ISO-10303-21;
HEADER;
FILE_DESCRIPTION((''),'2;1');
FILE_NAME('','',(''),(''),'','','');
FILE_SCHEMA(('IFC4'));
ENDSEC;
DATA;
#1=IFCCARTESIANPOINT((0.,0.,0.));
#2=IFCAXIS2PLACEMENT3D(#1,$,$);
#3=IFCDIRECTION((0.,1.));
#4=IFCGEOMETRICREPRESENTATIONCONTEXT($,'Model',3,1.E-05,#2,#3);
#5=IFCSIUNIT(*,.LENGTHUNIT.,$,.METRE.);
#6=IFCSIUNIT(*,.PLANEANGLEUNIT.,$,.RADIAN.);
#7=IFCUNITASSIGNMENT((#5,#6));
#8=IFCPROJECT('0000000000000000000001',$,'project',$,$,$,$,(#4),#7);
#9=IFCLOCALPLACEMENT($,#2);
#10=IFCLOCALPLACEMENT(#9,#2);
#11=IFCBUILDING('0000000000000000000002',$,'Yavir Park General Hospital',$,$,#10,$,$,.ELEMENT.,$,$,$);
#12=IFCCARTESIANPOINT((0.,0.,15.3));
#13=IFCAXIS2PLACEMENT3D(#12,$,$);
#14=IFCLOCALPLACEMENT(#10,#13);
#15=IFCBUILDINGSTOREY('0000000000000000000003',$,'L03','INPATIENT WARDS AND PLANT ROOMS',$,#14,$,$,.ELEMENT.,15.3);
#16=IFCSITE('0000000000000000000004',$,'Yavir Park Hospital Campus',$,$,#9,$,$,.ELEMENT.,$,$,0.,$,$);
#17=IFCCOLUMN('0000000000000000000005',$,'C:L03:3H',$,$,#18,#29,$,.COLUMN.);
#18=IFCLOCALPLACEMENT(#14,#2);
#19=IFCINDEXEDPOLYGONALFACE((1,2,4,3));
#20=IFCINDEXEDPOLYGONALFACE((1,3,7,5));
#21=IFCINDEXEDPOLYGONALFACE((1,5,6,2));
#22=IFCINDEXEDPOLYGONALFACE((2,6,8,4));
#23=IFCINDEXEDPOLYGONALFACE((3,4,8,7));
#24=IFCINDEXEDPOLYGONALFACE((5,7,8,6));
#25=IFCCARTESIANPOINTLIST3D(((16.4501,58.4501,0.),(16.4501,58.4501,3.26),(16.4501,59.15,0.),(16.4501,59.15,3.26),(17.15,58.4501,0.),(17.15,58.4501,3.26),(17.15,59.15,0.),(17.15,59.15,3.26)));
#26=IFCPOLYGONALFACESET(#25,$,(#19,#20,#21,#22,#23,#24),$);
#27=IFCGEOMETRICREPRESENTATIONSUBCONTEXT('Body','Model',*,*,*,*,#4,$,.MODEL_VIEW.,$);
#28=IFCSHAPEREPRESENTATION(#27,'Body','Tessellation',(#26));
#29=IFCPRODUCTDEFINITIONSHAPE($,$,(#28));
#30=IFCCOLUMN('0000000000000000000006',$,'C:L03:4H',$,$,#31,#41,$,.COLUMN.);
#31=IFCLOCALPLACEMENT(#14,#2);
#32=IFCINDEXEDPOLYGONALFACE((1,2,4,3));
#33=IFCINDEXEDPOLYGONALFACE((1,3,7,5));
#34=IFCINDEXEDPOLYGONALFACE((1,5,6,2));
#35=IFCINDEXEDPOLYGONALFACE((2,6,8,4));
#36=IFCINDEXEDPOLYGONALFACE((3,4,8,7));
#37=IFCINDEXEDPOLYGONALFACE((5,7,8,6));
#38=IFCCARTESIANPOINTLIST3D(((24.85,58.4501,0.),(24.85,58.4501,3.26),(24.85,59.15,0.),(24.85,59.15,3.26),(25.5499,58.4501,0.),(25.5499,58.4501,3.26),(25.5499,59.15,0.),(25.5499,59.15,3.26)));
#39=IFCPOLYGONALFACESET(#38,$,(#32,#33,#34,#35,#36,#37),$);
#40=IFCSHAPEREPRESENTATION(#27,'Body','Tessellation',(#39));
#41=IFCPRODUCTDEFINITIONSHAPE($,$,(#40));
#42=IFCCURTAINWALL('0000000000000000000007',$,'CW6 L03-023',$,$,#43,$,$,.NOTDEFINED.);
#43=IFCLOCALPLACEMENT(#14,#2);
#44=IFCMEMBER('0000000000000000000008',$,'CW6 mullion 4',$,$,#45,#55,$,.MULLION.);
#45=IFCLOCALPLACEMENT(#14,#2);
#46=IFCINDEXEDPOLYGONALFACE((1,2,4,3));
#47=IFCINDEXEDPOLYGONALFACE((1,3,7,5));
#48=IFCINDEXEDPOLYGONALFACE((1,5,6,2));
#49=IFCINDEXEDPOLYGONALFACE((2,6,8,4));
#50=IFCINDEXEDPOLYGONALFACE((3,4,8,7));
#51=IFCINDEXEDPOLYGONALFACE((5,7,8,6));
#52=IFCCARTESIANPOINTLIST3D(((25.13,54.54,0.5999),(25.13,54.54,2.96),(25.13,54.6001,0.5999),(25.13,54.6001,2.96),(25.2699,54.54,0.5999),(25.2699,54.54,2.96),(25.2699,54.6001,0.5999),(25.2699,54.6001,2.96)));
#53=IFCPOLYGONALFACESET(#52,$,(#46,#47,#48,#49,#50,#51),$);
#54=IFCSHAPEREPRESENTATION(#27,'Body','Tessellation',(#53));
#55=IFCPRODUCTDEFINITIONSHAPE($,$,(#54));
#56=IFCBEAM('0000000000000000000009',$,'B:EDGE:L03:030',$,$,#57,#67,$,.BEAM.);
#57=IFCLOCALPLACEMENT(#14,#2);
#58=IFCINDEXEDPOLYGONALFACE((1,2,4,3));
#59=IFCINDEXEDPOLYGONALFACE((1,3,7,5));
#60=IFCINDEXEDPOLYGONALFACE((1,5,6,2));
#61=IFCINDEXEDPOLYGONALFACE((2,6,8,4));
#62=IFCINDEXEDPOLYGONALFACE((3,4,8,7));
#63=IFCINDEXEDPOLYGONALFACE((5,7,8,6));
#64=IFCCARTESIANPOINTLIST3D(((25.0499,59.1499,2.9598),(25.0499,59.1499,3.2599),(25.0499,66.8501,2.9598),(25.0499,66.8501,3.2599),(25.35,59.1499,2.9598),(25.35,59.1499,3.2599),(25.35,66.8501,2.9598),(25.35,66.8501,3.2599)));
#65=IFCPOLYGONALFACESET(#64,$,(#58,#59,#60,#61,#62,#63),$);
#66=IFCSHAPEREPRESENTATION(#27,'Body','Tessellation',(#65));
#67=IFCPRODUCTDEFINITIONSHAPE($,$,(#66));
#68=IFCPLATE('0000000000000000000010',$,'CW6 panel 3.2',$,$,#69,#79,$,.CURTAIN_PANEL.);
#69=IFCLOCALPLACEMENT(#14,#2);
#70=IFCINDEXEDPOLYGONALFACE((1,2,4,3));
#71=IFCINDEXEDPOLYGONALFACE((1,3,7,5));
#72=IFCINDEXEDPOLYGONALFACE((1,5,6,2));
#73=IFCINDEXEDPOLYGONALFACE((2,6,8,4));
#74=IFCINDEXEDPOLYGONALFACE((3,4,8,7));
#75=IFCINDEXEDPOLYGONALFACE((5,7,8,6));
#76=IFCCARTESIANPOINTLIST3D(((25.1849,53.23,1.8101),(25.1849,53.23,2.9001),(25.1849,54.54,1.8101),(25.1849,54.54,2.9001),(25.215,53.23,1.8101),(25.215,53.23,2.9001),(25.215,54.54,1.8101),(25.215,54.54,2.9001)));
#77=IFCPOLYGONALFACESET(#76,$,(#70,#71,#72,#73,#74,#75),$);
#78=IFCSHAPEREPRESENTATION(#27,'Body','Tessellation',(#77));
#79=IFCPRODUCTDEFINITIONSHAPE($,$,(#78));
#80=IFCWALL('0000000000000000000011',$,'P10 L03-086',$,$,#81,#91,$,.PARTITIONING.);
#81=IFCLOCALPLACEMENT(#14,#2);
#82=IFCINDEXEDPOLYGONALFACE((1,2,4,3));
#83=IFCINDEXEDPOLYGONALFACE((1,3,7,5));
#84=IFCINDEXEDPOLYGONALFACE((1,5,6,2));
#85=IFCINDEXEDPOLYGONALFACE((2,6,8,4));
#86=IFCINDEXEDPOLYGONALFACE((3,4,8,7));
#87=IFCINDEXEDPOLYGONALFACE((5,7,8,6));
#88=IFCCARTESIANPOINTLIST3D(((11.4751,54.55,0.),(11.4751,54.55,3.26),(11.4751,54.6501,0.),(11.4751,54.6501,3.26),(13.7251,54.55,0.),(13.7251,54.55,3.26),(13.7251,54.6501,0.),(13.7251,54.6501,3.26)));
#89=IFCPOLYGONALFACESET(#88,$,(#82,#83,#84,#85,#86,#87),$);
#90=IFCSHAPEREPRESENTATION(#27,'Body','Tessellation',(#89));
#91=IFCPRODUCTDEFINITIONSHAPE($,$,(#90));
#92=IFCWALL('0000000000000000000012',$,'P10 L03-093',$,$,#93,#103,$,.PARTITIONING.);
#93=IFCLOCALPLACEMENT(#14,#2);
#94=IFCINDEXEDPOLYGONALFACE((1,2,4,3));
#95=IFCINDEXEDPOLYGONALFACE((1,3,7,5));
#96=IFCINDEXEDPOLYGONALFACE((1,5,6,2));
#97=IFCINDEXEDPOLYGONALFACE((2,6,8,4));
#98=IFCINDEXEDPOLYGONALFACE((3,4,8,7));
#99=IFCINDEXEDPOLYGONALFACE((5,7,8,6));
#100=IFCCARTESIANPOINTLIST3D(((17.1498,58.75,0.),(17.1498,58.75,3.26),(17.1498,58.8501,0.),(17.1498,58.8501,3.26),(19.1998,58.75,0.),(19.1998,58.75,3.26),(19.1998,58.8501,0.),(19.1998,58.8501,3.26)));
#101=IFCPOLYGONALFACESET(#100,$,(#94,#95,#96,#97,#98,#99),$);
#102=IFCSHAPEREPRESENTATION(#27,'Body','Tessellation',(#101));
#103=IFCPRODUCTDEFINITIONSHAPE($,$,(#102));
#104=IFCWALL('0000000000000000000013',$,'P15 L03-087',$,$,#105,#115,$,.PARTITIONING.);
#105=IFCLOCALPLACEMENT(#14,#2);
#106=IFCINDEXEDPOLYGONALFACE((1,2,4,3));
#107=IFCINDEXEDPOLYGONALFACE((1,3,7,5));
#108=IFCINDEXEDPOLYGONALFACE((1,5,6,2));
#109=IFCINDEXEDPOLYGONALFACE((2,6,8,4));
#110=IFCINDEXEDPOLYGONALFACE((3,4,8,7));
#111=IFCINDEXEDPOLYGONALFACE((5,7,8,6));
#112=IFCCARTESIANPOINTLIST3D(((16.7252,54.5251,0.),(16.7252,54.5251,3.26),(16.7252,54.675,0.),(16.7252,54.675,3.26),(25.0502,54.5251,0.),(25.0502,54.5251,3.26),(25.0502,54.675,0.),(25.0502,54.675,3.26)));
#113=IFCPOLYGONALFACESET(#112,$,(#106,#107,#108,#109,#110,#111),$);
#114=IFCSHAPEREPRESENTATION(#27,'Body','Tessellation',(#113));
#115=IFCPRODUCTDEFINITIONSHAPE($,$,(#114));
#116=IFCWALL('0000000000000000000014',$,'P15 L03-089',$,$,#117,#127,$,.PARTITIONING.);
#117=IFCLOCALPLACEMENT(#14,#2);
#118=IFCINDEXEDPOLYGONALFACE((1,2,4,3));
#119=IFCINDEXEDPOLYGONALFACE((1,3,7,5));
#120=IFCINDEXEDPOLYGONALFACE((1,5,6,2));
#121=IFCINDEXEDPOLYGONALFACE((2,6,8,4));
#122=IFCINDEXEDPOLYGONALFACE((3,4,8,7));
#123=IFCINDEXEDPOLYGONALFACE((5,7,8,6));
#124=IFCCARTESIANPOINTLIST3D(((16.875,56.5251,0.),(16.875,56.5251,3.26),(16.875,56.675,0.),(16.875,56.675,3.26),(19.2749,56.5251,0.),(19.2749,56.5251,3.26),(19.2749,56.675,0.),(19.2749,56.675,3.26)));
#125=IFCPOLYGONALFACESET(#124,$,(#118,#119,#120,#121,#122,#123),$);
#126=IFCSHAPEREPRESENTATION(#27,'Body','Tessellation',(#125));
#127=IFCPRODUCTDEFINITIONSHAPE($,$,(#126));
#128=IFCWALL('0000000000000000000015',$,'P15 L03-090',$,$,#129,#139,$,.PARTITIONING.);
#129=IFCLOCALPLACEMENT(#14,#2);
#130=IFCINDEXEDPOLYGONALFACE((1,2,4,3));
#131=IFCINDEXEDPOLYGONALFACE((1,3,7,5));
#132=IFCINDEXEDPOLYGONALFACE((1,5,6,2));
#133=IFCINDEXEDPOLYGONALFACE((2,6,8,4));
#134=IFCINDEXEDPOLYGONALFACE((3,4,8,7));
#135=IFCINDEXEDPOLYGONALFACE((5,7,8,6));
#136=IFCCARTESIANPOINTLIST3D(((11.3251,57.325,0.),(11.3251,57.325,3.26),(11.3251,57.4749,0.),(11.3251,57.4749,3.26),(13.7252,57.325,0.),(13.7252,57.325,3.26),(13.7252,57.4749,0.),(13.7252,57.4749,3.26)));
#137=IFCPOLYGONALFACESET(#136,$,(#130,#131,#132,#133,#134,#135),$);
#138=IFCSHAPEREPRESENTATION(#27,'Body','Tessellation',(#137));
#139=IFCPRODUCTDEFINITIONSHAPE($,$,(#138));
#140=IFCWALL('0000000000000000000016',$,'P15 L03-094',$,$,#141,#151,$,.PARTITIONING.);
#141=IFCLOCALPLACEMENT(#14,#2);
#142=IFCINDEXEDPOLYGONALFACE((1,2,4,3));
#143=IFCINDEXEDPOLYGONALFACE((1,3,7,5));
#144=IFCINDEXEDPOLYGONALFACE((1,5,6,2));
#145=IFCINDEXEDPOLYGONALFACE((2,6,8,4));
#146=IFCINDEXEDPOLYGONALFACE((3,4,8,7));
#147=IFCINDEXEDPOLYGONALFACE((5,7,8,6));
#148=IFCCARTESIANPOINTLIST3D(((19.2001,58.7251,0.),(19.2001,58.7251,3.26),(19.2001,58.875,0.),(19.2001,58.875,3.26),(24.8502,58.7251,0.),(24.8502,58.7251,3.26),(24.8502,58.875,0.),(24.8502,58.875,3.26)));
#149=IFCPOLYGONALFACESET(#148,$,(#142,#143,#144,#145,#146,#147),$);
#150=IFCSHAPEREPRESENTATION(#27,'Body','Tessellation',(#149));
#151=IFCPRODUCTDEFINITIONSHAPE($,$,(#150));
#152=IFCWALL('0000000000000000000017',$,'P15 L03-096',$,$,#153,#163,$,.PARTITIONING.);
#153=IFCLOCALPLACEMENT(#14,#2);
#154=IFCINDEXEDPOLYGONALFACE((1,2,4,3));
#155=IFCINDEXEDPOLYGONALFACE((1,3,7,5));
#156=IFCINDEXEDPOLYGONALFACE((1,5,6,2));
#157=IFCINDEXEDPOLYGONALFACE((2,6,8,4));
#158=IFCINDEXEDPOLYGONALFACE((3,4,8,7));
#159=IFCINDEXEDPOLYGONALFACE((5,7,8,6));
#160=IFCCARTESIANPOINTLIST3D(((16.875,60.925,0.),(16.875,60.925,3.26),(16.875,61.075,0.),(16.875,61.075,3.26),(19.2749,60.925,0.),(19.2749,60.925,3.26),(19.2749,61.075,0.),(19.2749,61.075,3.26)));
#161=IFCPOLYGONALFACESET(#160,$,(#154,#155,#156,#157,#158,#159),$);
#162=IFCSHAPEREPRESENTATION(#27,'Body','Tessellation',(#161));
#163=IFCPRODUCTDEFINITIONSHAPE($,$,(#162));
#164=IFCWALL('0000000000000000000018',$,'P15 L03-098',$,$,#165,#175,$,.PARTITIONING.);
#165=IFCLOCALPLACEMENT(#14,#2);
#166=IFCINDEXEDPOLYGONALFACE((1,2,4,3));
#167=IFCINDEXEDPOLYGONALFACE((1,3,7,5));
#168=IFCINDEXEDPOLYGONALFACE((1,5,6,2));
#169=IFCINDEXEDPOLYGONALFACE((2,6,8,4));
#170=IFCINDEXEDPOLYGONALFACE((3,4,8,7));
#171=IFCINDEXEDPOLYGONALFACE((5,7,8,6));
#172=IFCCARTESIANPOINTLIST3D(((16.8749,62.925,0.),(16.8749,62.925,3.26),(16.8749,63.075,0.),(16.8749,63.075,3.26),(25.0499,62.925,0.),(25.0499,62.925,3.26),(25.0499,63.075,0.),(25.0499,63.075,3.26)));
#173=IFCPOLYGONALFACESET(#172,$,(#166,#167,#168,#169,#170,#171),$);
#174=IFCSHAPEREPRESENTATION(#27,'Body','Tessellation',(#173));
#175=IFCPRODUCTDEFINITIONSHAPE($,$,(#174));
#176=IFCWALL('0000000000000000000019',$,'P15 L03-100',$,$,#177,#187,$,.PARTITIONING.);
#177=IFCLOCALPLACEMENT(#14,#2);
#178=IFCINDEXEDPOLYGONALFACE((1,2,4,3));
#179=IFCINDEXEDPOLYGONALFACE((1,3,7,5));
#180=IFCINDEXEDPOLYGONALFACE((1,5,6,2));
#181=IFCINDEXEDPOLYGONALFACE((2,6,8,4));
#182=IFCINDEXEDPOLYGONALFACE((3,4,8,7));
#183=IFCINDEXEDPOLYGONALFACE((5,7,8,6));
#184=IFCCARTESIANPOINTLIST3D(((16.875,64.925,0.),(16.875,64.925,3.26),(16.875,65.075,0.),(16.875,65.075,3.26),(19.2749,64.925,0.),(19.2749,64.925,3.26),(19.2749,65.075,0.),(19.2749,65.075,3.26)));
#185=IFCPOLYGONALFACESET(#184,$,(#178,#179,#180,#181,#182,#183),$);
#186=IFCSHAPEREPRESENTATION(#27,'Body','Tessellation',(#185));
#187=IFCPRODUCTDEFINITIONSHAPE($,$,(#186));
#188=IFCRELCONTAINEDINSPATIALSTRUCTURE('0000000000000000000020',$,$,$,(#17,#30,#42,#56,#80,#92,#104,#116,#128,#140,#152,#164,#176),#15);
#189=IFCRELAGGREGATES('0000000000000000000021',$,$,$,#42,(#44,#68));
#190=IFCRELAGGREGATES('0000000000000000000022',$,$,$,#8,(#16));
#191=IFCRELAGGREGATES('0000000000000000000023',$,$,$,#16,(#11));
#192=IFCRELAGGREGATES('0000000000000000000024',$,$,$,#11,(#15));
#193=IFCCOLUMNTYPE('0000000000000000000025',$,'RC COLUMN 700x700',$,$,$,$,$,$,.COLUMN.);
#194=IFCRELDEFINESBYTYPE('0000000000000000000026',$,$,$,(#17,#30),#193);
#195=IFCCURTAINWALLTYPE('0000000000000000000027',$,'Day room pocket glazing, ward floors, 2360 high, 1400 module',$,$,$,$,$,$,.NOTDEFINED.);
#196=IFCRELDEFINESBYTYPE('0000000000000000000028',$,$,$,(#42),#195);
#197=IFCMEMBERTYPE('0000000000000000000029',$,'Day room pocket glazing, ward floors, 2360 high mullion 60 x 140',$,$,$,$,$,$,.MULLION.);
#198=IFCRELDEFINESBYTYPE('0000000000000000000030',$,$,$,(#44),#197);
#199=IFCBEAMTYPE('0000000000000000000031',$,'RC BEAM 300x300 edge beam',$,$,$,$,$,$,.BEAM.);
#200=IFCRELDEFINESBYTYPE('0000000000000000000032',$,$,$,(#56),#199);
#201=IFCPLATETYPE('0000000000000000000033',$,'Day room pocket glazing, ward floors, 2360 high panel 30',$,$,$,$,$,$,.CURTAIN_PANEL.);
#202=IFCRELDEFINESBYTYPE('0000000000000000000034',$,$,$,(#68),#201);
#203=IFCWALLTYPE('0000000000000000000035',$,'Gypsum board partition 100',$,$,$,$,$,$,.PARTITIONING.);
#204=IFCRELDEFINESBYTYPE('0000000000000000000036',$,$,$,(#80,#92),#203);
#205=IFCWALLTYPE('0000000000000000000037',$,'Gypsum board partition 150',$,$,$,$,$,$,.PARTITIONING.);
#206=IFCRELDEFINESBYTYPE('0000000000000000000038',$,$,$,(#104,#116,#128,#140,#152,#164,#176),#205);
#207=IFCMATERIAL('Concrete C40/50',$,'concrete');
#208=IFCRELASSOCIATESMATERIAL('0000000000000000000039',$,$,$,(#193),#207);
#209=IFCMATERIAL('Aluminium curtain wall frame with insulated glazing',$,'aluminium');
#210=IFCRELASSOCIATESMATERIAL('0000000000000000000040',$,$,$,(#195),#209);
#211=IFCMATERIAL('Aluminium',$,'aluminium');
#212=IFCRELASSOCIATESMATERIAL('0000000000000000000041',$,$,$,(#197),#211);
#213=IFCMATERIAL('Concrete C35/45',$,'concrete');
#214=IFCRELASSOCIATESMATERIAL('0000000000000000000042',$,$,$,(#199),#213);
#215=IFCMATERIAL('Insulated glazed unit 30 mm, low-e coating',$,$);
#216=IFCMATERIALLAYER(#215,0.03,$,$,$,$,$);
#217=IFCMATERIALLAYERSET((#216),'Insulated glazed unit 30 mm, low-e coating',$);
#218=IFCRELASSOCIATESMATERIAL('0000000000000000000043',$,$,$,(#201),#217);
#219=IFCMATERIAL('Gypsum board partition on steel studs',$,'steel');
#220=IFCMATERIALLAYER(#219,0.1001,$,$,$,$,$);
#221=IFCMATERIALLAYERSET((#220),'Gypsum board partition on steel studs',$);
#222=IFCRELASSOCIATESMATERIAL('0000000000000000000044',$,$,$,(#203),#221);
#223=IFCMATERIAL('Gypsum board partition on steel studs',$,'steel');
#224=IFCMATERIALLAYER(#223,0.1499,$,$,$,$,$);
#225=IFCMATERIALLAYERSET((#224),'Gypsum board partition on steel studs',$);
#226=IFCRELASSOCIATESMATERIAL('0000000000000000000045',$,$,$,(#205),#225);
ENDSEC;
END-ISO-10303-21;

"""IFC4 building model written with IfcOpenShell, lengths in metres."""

from ifc_helpers import new_model, si_unit, direction, frame, frame_2d, origin, origin_2d, place, context, subcontext, project, spatial, rectangle, extrude, material, layer, layer_set, material_profile, profile_set, type_object, element, aggregate, save


model = new_model("IFC4")

# Units and contexts
model_context = context("Model", 3, precision=1e-05, world=origin(), true_north=direction((0.0, 1.0)))
body_context = subcontext(model_context, "Body", "Model", "MODEL_VIEW")
ifc_project = project(units=[si_unit("LENGTHUNIT", "METRE"), si_unit("PLANEANGLEUNIT", "RADIAN")], contexts=[model_context])

# Site, building, storey
site_placement = place(None, origin())
site = spatial("IfcSite", under=ifc_project, at=site_placement, Name="Yavir Park Hospital Campus", CompositionType="ELEMENT", RefElevation=0.0)
building_placement = place(site_placement, origin())
building = spatial("IfcBuilding", under=site, at=building_placement, Name="Yavir Park General Hospital", CompositionType="ELEMENT")
storey_placement = place(building_placement, frame((0.0, 0.0, 15.3)))
storey = spatial("IfcBuildingStorey", under=building, at=storey_placement, Name="L03", Description="INPATIENT WARDS AND PLANT ROOMS", CompositionType="ELEMENT", Elevation=15.3)

# Columns
ifc_material_1 = material(Name="Concrete C40/50", Category="concrete")
ifc_material_profile_1 = material_profile(ifc_material_1, rectangle(XDim=0.7, YDim=0.7, at=origin_2d()), Name="RC700x700")
ifc_profile_set_1 = profile_set([ifc_material_profile_1], Name="Concrete C40/50")
column_type = type_object("IfcColumnType", Name="RC COLUMN 700x700", PredefinedType="COLUMN", material=ifc_profile_set_1)
for number, where, z_axis, x_axis, name in (
    (1, (16.8, 58.8, 0.0), (0.0, 0.0, 1.0), (1.0, 0.0, 0.0), "C:L03:3H"),
    (2, (25.2, 58.8, 0.0), (0.0, 0.0, 1.0), (1.0, 0.0, 0.0), "C:L03:4H"),
):
    element("IfcColumn", number, at=place(storey_placement, frame(where, z_axis=z_axis, x_axis=x_axis)), inside=storey, type_object=column_type, Name=name, PredefinedType="COLUMN", context=body_context, shape_type="SweptSolid", body=[
        extrude(rectangle(XDim=0.7, YDim=0.7, at=origin_2d()), origin(), (0.0, 0.0, 1.0), 3.26),
    ])

# Curtain wall, member
ifc_material_2 = material(Name="Aluminium curtain wall frame with insulated glazing", Category="aluminium")
curtain_wall_type = type_object("IfcCurtainWallType", Name="Day room pocket glazing, ward floors, 2360 high, 1400 module", PredefinedType="NOTDEFINED", material=ifc_material_2)
curtain_wall_placement = place(storey_placement, origin())
curtain_wall = element("IfcCurtainWall", 3, at=curtain_wall_placement, inside=storey, type_object=curtain_wall_type, Name="CW6 L03-023", PredefinedType="NOTDEFINED")
ifc_material_3 = material(Name="Aluminium", Category="aluminium")
ifc_material_profile_2 = material_profile(ifc_material_3, rectangle(XDim=0.1399, YDim=0.0601, at=origin_2d()), Name="AL 60x140")
ifc_profile_set_2 = profile_set([ifc_material_profile_2], Name="Aluminium")
member_type = type_object("IfcMemberType", Name="Day room pocket glazing, ward floors, 2360 high mullion 60 x 140", PredefinedType="MULLION", material=ifc_profile_set_2)
member_placement = place(storey_placement, frame((25.2, 54.5701, 0.5999), z_axis=(0.0, 0.0, 1.0), x_axis=(-1.0, 0.0, 0.0)))
member = element("IfcMember", 4, at=member_placement, type_object=member_type, Name="CW6 mullion 4", PredefinedType="MULLION", context=body_context, shape_type="SweptSolid", body=[
    extrude(rectangle(XDim=0.1399, YDim=0.0601, at=origin_2d()), origin(), (0.0, 0.0, 1.0), 2.3601),
])

# Beam
ifc_material_4 = material(Name="Concrete C35/45", Category="concrete")
ifc_material_profile_3 = material_profile(ifc_material_4, rectangle(XDim=0.3, YDim=0.3, at=origin_2d()), Name="RC300x300")
ifc_profile_set_3 = profile_set([ifc_material_profile_3], Name="Concrete C35/45")
beam_type = type_object("IfcBeamType", Name="RC BEAM 300x300 edge beam", PredefinedType="BEAM", material=ifc_profile_set_3)
beam_placement = place(storey_placement, frame((25.2, 59.1499, 3.1099), z_axis=(0.0, 1.0, 0.0), x_axis=(-1.0, 0.0, 0.0)))
element("IfcBeam", 5, at=beam_placement, inside=storey, type_object=beam_type, Name="B:EDGE:L03:030", PredefinedType="BEAM", context=body_context, shape_type="SweptSolid", body=[
    extrude(rectangle(XDim=0.3, YDim=0.3, at=origin_2d()), origin(), (0.0, 0.0, 1.0), 7.7002),
])

# Plate
ifc_material_5 = material(Name="Insulated glazed unit 30 mm, low-e coating")
ifc_layer_1 = layer(ifc_material_5, 0.03)
ifc_layer_set_1 = layer_set([ifc_layer_1], Name="Insulated glazed unit 30 mm, low-e coating")
plate_type = type_object("IfcPlateType", Name="Day room pocket glazing, ward floors, 2360 high panel 30", PredefinedType="CURTAIN_PANEL", material=ifc_layer_set_1)
plate_placement = place(storey_placement, frame((25.2, 53.885, 1.8101), z_axis=(0.0, 0.0, 1.0), x_axis=(0.0, 1.0, 0.0)))
plate = element("IfcPlate", 6, at=plate_placement, type_object=plate_type, Name="CW6 panel 3.2", PredefinedType="CURTAIN_PANEL", context=body_context, shape_type="SweptSolid", body=[
    extrude(rectangle(XDim=1.3101, YDim=0.03, at=origin_2d()), origin(), (0.0, 0.0, 1.0), 1.0901),
])
aggregate(curtain_wall, [member, plate])

# Walls
ifc_material_6 = material(Name="Gypsum board partition on steel studs", Category="steel")
ifc_layer_2 = layer(ifc_material_6, 0.1001)
ifc_layer_set_2 = layer_set([ifc_layer_2], Name="Gypsum board partition on steel studs")
wall_type_1 = type_object("IfcWallType", Name="Gypsum board partition 100", PredefinedType="PARTITIONING", material=ifc_layer_set_2)
wall_1_placement = place(storey_placement, frame((11.4751, 54.6001, 0.0), z_axis=(0.0, 0.0, 1.0), x_axis=(1.0, 0.0, 0.0)))
element("IfcWall", 7, at=wall_1_placement, inside=storey, type_object=wall_type_1, Name="P10 L03-086", PredefinedType="PARTITIONING", context=body_context, shape_type="SweptSolid", body=[
    extrude(rectangle(XDim=2.25, YDim=0.1001, at=frame_2d((1.125, 0.0))), origin(), (0.0, 0.0, 1.0), 3.26),
])
wall_2_placement = place(storey_placement, frame((17.1499, 58.8, 0.0), z_axis=(0.0, 0.0, 1.0), x_axis=(1.0, 0.0, 0.0)))
element("IfcWall", 8, at=wall_2_placement, inside=storey, type_object=wall_type_1, Name="P10 L03-093", PredefinedType="PARTITIONING", context=body_context, shape_type="SweptSolid", body=[
    extrude(rectangle(XDim=2.05, YDim=0.1001, at=frame_2d((1.0249, 0.0))), origin(), (0.0, 0.0, 1.0), 3.26),
])
ifc_material_7 = material(Name="Gypsum board partition on steel studs", Category="steel")
ifc_layer_3 = layer(ifc_material_7, 0.1499)
ifc_layer_set_3 = layer_set([ifc_layer_3], Name="Gypsum board partition on steel studs")
wall_type_2 = type_object("IfcWallType", Name="Gypsum board partition 150", PredefinedType="PARTITIONING", material=ifc_layer_set_3)
wall_3_placement = place(storey_placement, frame((16.7251, 54.6001, 0.0), z_axis=(0.0, 0.0, 1.0), x_axis=(1.0, 0.0, 0.0)))
element("IfcWall", 9, at=wall_3_placement, inside=storey, type_object=wall_type_2, Name="P15 L03-087", PredefinedType="PARTITIONING", context=body_context, shape_type="SweptSolid", body=[
    extrude(rectangle(XDim=8.325, YDim=0.1499, at=frame_2d((4.1626, 0.0))), origin(), (0.0, 0.0, 1.0), 3.26),
])
wall_4_placement = place(storey_placement, frame((16.875, 56.6001, 0.0), z_axis=(0.0, 0.0, 1.0), x_axis=(1.0, 0.0, 0.0)))
element("IfcWall", 10, at=wall_4_placement, inside=storey, type_object=wall_type_2, Name="P15 L03-089", PredefinedType="PARTITIONING", context=body_context, shape_type="SweptSolid", body=[
    extrude(rectangle(XDim=2.3999, YDim=0.1499, at=frame_2d((1.2, 0.0))), origin(), (0.0, 0.0, 1.0), 3.26),
])
wall_5_placement = place(storey_placement, frame((11.325, 57.3999, 0.0), z_axis=(0.0, 0.0, 1.0), x_axis=(1.0, 0.0, 0.0)))
element("IfcWall", 11, at=wall_5_placement, inside=storey, type_object=wall_type_2, Name="P15 L03-090", PredefinedType="PARTITIONING", context=body_context, shape_type="SweptSolid", body=[
    extrude(rectangle(XDim=2.4001, YDim=0.1499, at=frame_2d((1.2002, 0.0))), origin(), (0.0, 0.0, 1.0), 3.26),
])
wall_6_placement = place(storey_placement, frame((19.2, 58.8, 0.0), z_axis=(0.0, 0.0, 1.0), x_axis=(1.0, 0.0, 0.0)))
element("IfcWall", 12, at=wall_6_placement, inside=storey, type_object=wall_type_2, Name="P15 L03-094", PredefinedType="PARTITIONING", context=body_context, shape_type="SweptSolid", body=[
    extrude(rectangle(XDim=5.6501, YDim=0.1499, at=frame_2d((2.8252, 0.0))), origin(), (0.0, 0.0, 1.0), 3.26),
])
wall_7_placement = place(storey_placement, frame((16.875, 61.0, 0.0), z_axis=(0.0, 0.0, 1.0), x_axis=(1.0, 0.0, 0.0)))
element("IfcWall", 13, at=wall_7_placement, inside=storey, type_object=wall_type_2, Name="P15 L03-096", PredefinedType="PARTITIONING", context=body_context, shape_type="SweptSolid", body=[
    extrude(rectangle(XDim=2.3999, YDim=0.1499, at=frame_2d((1.2, 0.0))), origin(), (0.0, 0.0, 1.0), 3.26),
])
wall_8_placement = place(storey_placement, frame((16.875, 63.0, 0.0), z_axis=(0.0, 0.0, 1.0), x_axis=(1.0, 0.0, 0.0)))
element("IfcWall", 14, at=wall_8_placement, inside=storey, type_object=wall_type_2, Name="P15 L03-098", PredefinedType="PARTITIONING", context=body_context, shape_type="SweptSolid", body=[
    extrude(rectangle(XDim=8.175, YDim=0.1499, at=frame_2d((4.0874, 0.0))), origin(), (0.0, 0.0, 1.0), 3.26),
])
wall_9_placement = place(storey_placement, frame((16.875, 65.0, 0.0), z_axis=(0.0, 0.0, 1.0), x_axis=(1.0, 0.0, 0.0)))
element("IfcWall", 15, at=wall_9_placement, inside=storey, type_object=wall_type_2, Name="P15 L03-100", PredefinedType="PARTITIONING", context=body_context, shape_type="SweptSolid", body=[
    extrude(rectangle(XDim=2.3999, YDim=0.1499, at=frame_2d((1.2, 0.0))), origin(), (0.0, 0.0, 1.0), 3.26),
])

save(model, "model.ifc")
